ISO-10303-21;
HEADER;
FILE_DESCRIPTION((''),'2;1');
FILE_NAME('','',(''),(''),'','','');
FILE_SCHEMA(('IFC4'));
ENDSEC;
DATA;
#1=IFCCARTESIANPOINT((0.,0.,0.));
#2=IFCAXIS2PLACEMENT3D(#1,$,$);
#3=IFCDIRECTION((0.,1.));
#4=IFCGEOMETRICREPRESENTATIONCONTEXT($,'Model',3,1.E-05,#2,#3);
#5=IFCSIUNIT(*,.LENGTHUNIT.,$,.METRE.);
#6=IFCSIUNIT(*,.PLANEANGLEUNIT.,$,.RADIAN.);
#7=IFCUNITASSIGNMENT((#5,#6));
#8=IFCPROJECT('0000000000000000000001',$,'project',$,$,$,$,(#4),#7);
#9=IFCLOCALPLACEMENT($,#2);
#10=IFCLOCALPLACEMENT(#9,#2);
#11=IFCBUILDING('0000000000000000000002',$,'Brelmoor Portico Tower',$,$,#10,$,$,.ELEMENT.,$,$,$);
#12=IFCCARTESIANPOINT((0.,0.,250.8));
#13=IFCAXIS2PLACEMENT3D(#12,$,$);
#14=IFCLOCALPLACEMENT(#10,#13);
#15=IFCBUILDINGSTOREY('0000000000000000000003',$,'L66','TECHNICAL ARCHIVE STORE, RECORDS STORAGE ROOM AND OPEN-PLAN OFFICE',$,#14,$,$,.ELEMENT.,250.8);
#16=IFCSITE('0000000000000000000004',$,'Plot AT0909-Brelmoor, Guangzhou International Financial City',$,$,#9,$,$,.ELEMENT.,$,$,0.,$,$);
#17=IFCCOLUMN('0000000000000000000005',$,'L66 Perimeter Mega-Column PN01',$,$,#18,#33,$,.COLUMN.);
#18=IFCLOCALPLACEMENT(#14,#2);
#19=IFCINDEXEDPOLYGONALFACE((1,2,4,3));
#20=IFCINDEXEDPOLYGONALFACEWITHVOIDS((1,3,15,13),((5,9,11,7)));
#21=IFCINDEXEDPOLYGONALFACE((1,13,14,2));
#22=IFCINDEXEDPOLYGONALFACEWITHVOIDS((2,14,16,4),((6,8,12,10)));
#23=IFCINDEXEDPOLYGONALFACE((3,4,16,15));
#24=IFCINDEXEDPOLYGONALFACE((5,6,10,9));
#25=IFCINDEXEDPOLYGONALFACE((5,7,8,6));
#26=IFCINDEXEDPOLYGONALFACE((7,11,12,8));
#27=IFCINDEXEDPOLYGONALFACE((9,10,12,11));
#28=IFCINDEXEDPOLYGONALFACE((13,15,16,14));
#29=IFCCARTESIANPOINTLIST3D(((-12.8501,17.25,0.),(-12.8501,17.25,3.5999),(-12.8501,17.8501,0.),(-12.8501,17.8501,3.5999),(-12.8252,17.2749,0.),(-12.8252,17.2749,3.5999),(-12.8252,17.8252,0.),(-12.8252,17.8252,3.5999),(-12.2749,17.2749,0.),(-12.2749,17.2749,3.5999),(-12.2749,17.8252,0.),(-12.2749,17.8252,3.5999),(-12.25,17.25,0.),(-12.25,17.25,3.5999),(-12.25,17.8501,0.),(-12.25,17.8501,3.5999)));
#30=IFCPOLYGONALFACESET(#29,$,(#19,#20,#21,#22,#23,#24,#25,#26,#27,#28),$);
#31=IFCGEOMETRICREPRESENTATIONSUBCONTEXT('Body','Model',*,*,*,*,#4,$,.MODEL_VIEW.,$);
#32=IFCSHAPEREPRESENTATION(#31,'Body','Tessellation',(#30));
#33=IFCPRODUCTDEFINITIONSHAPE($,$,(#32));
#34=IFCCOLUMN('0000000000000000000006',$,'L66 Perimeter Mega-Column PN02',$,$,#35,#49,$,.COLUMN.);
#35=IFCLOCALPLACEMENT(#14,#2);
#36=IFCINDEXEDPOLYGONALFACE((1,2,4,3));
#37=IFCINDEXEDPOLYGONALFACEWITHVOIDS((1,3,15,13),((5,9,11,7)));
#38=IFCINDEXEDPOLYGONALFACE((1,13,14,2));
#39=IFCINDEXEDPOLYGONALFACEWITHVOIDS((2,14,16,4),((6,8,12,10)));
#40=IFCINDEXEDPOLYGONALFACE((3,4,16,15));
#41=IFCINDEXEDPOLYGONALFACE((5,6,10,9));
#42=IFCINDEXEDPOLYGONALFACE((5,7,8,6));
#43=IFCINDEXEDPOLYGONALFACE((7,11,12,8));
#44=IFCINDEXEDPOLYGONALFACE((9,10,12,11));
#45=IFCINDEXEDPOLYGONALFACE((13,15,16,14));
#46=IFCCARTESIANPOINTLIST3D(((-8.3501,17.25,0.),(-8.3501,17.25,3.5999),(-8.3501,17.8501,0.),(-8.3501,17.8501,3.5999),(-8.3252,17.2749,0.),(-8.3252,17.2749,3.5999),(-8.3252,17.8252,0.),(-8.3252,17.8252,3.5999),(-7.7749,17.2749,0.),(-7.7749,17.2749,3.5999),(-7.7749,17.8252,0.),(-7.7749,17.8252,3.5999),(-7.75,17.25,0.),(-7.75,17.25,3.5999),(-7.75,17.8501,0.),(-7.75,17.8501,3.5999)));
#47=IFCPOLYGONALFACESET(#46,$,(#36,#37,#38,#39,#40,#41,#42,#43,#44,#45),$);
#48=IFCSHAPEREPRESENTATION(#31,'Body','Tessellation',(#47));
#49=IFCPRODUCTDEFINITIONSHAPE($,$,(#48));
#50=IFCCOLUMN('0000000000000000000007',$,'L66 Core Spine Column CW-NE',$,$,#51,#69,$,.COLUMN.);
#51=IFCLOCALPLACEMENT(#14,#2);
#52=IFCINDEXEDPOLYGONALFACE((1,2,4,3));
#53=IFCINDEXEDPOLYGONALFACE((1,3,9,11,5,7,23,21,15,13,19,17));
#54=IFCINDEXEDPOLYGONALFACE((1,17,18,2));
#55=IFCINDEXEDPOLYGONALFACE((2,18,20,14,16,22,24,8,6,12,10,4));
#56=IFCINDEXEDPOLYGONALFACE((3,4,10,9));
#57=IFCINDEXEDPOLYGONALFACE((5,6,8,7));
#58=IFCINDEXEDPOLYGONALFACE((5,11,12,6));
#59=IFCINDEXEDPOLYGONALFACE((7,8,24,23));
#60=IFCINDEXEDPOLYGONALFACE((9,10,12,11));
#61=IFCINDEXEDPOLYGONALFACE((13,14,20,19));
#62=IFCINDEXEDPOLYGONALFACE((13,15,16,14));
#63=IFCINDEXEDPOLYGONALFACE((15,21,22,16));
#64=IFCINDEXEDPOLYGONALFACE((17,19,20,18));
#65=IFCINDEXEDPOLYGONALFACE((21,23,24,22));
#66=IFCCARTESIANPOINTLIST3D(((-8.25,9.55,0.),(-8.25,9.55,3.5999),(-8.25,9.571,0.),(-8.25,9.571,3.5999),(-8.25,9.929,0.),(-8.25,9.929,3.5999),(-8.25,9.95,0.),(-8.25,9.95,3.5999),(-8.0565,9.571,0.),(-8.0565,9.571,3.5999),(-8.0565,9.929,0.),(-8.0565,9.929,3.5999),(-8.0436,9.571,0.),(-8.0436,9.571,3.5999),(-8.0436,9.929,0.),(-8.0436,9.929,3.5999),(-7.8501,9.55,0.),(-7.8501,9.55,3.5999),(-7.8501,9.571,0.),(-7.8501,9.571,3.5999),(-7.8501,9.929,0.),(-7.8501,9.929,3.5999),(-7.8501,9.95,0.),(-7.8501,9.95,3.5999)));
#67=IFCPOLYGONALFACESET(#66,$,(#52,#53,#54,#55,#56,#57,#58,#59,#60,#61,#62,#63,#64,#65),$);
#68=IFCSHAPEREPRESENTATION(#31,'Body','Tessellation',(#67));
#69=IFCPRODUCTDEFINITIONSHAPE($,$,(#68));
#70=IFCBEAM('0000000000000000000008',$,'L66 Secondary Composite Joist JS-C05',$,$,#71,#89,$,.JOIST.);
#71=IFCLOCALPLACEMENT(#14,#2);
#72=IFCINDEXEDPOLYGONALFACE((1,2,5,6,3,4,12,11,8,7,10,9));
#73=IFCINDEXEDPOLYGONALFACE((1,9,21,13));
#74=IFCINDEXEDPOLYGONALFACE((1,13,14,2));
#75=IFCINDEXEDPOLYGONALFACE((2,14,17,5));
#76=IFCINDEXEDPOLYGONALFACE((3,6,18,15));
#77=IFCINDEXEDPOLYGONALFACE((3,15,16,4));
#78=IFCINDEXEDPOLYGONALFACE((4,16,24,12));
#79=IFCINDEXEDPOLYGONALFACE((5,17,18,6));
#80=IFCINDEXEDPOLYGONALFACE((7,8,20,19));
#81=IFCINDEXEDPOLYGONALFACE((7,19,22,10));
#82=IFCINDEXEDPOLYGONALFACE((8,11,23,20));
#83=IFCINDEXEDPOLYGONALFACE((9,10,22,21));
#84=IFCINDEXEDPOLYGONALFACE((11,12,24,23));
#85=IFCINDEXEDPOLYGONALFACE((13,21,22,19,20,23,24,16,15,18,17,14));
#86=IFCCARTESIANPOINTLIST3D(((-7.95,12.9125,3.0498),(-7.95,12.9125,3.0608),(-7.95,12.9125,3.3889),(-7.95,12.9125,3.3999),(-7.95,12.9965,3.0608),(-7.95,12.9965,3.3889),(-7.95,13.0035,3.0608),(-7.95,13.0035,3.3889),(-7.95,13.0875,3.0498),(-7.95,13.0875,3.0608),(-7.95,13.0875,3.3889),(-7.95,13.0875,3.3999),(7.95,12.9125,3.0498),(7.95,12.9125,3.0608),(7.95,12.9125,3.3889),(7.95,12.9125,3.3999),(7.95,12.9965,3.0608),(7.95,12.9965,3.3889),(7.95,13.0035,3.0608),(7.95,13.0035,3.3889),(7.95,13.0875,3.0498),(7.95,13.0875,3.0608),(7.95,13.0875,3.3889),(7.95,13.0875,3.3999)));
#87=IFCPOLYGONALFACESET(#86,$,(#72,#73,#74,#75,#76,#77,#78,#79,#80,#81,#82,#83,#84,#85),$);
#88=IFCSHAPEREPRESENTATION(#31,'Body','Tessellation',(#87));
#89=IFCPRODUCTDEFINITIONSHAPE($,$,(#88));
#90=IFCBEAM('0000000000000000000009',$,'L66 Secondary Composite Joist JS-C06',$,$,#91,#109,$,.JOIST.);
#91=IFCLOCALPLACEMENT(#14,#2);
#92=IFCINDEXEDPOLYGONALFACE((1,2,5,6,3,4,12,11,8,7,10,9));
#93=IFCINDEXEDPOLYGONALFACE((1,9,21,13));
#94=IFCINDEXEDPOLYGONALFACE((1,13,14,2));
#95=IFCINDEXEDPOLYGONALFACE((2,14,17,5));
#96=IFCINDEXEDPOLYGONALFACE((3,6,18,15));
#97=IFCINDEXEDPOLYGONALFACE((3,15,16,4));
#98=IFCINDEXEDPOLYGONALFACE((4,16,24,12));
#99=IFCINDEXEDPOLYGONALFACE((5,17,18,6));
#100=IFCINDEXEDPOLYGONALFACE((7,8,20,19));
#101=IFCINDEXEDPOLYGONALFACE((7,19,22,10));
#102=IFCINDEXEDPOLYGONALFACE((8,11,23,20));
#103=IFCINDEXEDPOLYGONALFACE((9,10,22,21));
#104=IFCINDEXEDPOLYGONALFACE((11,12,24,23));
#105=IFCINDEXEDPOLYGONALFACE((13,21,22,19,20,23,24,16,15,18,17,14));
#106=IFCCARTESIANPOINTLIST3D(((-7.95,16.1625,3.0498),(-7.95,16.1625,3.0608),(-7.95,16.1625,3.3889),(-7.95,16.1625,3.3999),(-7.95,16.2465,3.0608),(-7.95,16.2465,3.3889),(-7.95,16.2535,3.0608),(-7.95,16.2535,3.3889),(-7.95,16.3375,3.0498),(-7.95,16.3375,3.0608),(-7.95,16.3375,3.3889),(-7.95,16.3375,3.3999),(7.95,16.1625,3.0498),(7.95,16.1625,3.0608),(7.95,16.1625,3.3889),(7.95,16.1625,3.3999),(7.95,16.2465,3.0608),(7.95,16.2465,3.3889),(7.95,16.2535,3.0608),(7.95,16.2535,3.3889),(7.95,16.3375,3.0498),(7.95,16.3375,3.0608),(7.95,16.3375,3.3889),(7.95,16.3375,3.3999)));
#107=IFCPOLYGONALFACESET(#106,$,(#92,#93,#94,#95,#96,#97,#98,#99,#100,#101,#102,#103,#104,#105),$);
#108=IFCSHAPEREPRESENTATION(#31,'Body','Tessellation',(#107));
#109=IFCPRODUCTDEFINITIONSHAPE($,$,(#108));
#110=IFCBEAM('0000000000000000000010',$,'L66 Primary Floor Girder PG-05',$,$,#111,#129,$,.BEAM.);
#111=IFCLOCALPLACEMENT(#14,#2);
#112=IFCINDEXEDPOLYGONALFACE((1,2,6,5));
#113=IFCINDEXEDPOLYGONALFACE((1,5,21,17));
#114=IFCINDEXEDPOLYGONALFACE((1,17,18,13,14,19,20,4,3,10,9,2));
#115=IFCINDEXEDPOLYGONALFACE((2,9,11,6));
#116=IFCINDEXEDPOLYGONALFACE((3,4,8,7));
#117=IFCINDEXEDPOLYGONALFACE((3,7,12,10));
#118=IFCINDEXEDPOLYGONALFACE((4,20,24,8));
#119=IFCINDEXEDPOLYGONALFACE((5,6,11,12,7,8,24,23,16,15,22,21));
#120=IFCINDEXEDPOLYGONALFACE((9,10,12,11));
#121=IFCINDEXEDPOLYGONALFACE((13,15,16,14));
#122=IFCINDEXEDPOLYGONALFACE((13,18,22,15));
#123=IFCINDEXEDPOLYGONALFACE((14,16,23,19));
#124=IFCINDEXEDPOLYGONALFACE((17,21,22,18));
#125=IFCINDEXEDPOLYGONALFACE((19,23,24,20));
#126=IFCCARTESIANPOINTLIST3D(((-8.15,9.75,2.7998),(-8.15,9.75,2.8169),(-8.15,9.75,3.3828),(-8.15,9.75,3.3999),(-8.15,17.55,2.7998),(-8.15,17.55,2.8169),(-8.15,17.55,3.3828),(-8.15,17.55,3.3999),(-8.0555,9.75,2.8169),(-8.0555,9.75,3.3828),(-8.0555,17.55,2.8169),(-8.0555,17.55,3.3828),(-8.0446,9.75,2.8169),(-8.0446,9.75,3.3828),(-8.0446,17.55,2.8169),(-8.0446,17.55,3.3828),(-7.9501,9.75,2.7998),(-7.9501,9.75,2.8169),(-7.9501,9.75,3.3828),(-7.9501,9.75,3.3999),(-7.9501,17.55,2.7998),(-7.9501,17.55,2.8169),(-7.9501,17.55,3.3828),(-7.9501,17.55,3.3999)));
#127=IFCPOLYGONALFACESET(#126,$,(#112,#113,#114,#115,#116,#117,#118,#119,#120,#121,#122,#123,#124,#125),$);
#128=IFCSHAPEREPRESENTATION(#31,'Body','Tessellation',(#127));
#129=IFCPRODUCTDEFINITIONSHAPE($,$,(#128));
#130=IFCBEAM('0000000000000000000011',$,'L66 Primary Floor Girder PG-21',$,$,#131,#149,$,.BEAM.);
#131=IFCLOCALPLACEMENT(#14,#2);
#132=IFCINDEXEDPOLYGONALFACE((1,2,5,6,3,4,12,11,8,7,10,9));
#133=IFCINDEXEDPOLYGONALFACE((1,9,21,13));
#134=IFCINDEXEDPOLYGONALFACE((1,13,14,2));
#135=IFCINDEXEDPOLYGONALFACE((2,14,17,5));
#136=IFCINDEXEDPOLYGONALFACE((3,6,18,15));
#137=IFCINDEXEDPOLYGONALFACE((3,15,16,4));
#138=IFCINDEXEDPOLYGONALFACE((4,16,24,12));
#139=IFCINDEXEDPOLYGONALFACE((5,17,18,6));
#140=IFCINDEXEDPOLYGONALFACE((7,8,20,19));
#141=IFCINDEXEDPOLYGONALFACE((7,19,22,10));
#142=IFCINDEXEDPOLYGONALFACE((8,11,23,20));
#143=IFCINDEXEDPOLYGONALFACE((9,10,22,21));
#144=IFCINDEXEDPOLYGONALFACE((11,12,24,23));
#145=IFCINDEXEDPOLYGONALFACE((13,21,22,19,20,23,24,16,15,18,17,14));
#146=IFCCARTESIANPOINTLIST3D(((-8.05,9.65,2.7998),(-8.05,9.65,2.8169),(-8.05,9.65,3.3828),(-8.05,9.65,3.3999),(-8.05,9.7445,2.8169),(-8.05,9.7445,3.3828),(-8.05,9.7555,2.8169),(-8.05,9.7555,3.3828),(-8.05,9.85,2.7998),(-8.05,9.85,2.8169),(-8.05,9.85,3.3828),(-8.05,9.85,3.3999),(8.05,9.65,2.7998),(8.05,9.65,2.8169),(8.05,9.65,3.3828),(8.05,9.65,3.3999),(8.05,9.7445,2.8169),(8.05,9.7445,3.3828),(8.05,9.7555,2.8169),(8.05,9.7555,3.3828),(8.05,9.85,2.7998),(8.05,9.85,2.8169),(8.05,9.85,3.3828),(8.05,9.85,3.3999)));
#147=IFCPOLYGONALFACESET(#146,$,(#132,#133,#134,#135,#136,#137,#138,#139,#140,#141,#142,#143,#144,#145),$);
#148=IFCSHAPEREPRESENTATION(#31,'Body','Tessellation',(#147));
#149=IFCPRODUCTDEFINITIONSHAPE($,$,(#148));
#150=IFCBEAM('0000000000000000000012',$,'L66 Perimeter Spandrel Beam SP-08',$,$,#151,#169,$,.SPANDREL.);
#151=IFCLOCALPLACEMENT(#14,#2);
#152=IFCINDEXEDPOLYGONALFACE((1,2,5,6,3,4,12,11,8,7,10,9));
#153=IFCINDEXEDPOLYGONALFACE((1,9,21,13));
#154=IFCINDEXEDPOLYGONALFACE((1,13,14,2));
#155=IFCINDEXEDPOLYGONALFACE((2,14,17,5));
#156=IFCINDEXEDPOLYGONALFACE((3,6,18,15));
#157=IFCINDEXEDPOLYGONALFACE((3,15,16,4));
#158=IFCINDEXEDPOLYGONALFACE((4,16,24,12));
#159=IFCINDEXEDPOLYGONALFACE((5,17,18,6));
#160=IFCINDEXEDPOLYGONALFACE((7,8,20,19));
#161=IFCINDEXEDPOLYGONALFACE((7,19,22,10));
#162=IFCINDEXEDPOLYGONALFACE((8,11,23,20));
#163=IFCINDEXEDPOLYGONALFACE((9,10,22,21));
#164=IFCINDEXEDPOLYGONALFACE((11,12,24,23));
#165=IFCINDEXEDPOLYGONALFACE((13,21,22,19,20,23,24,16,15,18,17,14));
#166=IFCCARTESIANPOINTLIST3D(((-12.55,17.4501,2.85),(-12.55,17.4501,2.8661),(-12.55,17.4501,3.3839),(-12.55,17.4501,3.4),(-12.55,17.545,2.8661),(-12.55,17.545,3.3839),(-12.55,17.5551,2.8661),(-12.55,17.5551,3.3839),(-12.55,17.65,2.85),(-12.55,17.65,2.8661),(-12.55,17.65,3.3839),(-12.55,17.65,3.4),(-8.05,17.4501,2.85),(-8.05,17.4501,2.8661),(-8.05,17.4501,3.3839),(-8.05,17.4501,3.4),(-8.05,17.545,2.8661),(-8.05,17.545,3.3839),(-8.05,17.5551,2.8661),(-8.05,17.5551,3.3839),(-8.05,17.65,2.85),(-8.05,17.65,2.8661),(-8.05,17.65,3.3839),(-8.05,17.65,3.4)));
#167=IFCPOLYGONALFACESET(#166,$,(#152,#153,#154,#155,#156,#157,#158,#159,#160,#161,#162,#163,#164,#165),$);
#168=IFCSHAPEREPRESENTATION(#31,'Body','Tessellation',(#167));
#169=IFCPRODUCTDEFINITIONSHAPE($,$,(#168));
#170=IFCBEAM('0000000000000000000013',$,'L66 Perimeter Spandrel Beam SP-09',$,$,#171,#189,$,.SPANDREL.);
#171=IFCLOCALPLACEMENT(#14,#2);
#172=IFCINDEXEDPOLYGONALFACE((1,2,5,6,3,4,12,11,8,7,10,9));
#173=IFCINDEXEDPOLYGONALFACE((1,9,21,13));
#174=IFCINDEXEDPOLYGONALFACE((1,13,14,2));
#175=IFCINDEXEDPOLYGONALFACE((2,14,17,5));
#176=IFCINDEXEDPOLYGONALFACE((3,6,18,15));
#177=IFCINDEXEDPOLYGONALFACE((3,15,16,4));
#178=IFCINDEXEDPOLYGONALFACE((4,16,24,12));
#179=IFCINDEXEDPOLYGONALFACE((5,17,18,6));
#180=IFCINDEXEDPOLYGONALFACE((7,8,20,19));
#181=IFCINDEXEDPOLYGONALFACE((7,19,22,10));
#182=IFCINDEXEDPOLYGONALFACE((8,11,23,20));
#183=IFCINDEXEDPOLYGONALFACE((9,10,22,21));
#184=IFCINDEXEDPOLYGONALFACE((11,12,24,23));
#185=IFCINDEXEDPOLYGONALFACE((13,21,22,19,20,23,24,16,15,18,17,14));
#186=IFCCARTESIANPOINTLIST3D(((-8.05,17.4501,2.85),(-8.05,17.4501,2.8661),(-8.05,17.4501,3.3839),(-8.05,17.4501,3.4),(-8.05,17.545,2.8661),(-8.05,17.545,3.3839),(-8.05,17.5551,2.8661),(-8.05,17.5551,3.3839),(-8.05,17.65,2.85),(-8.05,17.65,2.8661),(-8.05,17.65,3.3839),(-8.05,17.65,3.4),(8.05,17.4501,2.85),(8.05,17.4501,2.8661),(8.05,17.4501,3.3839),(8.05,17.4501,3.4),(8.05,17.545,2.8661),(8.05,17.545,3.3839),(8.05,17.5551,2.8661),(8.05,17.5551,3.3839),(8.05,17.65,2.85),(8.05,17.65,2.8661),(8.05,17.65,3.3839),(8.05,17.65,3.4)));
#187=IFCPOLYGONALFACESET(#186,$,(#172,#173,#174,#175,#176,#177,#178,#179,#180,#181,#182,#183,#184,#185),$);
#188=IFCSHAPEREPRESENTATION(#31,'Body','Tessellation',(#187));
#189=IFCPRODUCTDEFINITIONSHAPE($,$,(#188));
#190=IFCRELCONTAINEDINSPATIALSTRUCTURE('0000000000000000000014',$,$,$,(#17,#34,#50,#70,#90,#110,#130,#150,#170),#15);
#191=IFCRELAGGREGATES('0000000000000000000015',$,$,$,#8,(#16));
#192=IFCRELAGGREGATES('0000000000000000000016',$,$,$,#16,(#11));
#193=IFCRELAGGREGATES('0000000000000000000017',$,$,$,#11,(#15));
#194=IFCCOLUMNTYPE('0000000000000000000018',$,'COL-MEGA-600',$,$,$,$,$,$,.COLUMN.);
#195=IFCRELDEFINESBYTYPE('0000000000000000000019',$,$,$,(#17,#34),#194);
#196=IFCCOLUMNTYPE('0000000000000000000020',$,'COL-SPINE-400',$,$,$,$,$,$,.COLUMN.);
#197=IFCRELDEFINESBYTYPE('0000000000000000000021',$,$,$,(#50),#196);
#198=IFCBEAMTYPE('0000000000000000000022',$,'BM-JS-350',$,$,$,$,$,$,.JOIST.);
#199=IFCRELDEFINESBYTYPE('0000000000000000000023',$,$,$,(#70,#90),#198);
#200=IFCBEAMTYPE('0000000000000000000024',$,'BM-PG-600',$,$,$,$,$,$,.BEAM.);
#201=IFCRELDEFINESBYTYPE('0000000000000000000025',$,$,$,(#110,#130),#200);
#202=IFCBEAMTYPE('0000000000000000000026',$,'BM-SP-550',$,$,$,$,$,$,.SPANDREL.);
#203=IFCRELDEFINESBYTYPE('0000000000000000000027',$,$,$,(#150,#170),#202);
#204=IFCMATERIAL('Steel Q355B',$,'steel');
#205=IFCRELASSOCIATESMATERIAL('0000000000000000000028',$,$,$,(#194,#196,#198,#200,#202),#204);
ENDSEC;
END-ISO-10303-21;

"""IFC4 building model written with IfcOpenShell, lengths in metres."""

from ifc_helpers import new_model, si_unit, direction, frame, origin, origin_2d, place, context, subcontext, project, spatial, hollow_rectangle, i_section, extrude, material, material_profile, profile_set, type_object, element, save


model = new_model("IFC4")

# Units and contexts
model_context = context("Model", 3, precision=1e-05, world=origin(), true_north=direction((0.0, 1.0)))
body_context = subcontext(model_context, "Body", "Model", "MODEL_VIEW")
ifc_project = project(units=[si_unit("LENGTHUNIT", "METRE"), si_unit("PLANEANGLEUNIT", "RADIAN")], contexts=[model_context])

# Site, building, storey
site_placement = place(None, origin())
site = spatial("IfcSite", under=ifc_project, at=site_placement, Name="Plot AT0909-Brelmoor, Guangzhou International Financial City", CompositionType="ELEMENT", RefElevation=0.0)
building_placement = place(site_placement, origin())
building = spatial("IfcBuilding", under=site, at=building_placement, Name="Brelmoor Portico Tower", CompositionType="ELEMENT")
storey_placement = place(building_placement, frame((0.0, 0.0, 250.8)))
storey = spatial("IfcBuildingStorey", under=building, at=storey_placement, Name="L66", Description="TECHNICAL ARCHIVE STORE, RECORDS STORAGE ROOM AND OPEN-PLAN OFFICE", CompositionType="ELEMENT", Elevation=250.8)

# Columns
ifc_material_1 = material(Name="Steel Q355B", Category="steel")
ifc_material_profile_1 = material_profile(ifc_material_1, hollow_rectangle(XDim=0.6001, YDim=0.6001, WallThickness=0.0249, at=origin_2d()), Name="BOX 600x600x25")
ifc_profile_set_1 = profile_set([ifc_material_profile_1], Name="Steel Q355B")
column_type_1 = type_object("IfcColumnType", Name="COL-MEGA-600", PredefinedType="COLUMN", material=ifc_profile_set_1)
for number, where, z_axis, x_axis, name in (
    (1, (-12.55, 17.55, 0.0), (0.0, 0.0, 1.0), (1.0, 0.0, 0.0), "L66 Perimeter Mega-Column PN01"),
    (2, (-8.05, 17.55, 0.0), (0.0, 0.0, 1.0), (1.0, 0.0, 0.0), "L66 Perimeter Mega-Column PN02"),
):
    element("IfcColumn", number, at=place(storey_placement, frame(where, z_axis=z_axis, x_axis=x_axis)), inside=storey, type_object=column_type_1, Name=name, PredefinedType="COLUMN", context=body_context, shape_type="SweptSolid", body=[
        extrude(hollow_rectangle(XDim=0.6001, YDim=0.6001, WallThickness=0.0249, at=origin_2d()), origin(), (0.0, 0.0, 1.0), 3.5999),
    ])
ifc_material_profile_2 = material_profile(ifc_material_1, i_section(OverallWidth=0.3999, OverallDepth=0.3999, WebThickness=0.0129, FlangeThickness=0.021, at=origin_2d()), Name="HW 400x400x13x21")
ifc_profile_set_2 = profile_set([ifc_material_profile_2], Name="Steel Q355B")
column_type_2 = type_object("IfcColumnType", Name="COL-SPINE-400", PredefinedType="COLUMN", material=ifc_profile_set_2)
column_placement = place(storey_placement, frame((-8.05, 9.75, 0.0), z_axis=(0.0, 0.0, 1.0), x_axis=(1.0, 0.0, 0.0)))
element("IfcColumn", 3, at=column_placement, inside=storey, type_object=column_type_2, Name="L66 Core Spine Column CW-NE", PredefinedType="COLUMN", context=body_context, shape_type="SweptSolid", body=[
    extrude(i_section(OverallWidth=0.3999, OverallDepth=0.3999, WebThickness=0.0129, FlangeThickness=0.021, at=origin_2d()), origin(), (0.0, 0.0, 1.0), 3.5999),
])

# Beams
ifc_material_profile_3 = material_profile(ifc_material_1, i_section(OverallWidth=0.175, OverallDepth=0.3501, WebThickness=0.0071, FlangeThickness=0.011, at=origin_2d()), Name="HN 350x175x7x11")
ifc_profile_set_3 = profile_set([ifc_material_profile_3], Name="Steel Q355B")
beam_type_1 = type_object("IfcBeamType", Name="BM-JS-350", PredefinedType="JOIST", material=ifc_profile_set_3)
for number, where, z_axis, x_axis, name in (
    (4, (-7.95, 13.0, 3.2249), (1.0, 0.0, 0.0), (0.0, 1.0, 0.0), "L66 Secondary Composite Joist JS-C05"),
    (5, (-7.95, 16.25, 3.2249), (1.0, 0.0, 0.0), (0.0, 1.0, 0.0), "L66 Secondary Composite Joist JS-C06"),
):
    element("IfcBeam", number, at=place(storey_placement, frame(where, z_axis=z_axis, x_axis=x_axis)), inside=storey, type_object=beam_type_1, Name=name, PredefinedType="JOIST", context=body_context, shape_type="SweptSolid", body=[
        extrude(i_section(OverallWidth=0.175, OverallDepth=0.3501, WebThickness=0.0071, FlangeThickness=0.011, at=origin_2d()), origin(), (0.0, 0.0, 1.0), 15.8999),
    ])
ifc_material_profile_4 = material_profile(ifc_material_1, i_section(OverallWidth=0.2, OverallDepth=0.6001, WebThickness=0.011, FlangeThickness=0.0171, at=origin_2d()), Name="HN 600x200x11x17")
ifc_profile_set_4 = profile_set([ifc_material_profile_4], Name="Steel Q355B")
beam_type_2 = type_object("IfcBeamType", Name="BM-PG-600", PredefinedType="BEAM", material=ifc_profile_set_4)
beam_1_placement = place(storey_placement, frame((-8.05, 9.75, 3.0999), z_axis=(0.0, 1.0, 0.0), x_axis=(-1.0, 0.0, 0.0)))
element("IfcBeam", 6, at=beam_1_placement, inside=storey, type_object=beam_type_2, Name="L66 Primary Floor Girder PG-05", PredefinedType="BEAM", context=body_context, shape_type="SweptSolid", body=[
    extrude(i_section(OverallWidth=0.2, OverallDepth=0.6001, WebThickness=0.011, FlangeThickness=0.0171, at=origin_2d()), origin(), (0.0, 0.0, 1.0), 7.8),
])
beam_2_placement = place(storey_placement, frame((-8.05, 9.75, 3.0999), z_axis=(1.0, 0.0, 0.0), x_axis=(0.0, 1.0, 0.0)))
element("IfcBeam", 7, at=beam_2_placement, inside=storey, type_object=beam_type_2, Name="L66 Primary Floor Girder PG-21", PredefinedType="BEAM", context=body_context, shape_type="SweptSolid", body=[
    extrude(i_section(OverallWidth=0.2, OverallDepth=0.6001, WebThickness=0.011, FlangeThickness=0.0171, at=origin_2d()), origin(), (0.0, 0.0, 1.0), 16.1001),
])
ifc_material_profile_5 = material_profile(ifc_material_1, i_section(OverallWidth=0.2, OverallDepth=0.55, WebThickness=0.01, FlangeThickness=0.0161, at=origin_2d()), Name="HN 550x200x10x16")
ifc_profile_set_5 = profile_set([ifc_material_profile_5], Name="Steel Q355B")
beam_type_3 = type_object("IfcBeamType", Name="BM-SP-550", PredefinedType="SPANDREL", material=ifc_profile_set_5)
beam_3_placement = place(storey_placement, frame((-12.55, 17.55, 3.125), z_axis=(1.0, 0.0, 0.0), x_axis=(0.0, 1.0, 0.0)))
element("IfcBeam", 8, at=beam_3_placement, inside=storey, type_object=beam_type_3, Name="L66 Perimeter Spandrel Beam SP-08", PredefinedType="SPANDREL", context=body_context, shape_type="SweptSolid", body=[
    extrude(i_section(OverallWidth=0.2, OverallDepth=0.55, WebThickness=0.01, FlangeThickness=0.0161, at=origin_2d()), origin(), (0.0, 0.0, 1.0), 4.5),
])
beam_4_placement = place(storey_placement, frame((-8.05, 17.55, 3.125), z_axis=(1.0, 0.0, 0.0), x_axis=(0.0, 1.0, 0.0)))
element("IfcBeam", 9, at=beam_4_placement, inside=storey, type_object=beam_type_3, Name="L66 Perimeter Spandrel Beam SP-09", PredefinedType="SPANDREL", context=body_context, shape_type="SweptSolid", body=[
    extrude(i_section(OverallWidth=0.2, OverallDepth=0.55, WebThickness=0.01, FlangeThickness=0.0161, at=origin_2d()), origin(), (0.0, 0.0, 1.0), 16.1001),
])

save(model, "model.ifc")
